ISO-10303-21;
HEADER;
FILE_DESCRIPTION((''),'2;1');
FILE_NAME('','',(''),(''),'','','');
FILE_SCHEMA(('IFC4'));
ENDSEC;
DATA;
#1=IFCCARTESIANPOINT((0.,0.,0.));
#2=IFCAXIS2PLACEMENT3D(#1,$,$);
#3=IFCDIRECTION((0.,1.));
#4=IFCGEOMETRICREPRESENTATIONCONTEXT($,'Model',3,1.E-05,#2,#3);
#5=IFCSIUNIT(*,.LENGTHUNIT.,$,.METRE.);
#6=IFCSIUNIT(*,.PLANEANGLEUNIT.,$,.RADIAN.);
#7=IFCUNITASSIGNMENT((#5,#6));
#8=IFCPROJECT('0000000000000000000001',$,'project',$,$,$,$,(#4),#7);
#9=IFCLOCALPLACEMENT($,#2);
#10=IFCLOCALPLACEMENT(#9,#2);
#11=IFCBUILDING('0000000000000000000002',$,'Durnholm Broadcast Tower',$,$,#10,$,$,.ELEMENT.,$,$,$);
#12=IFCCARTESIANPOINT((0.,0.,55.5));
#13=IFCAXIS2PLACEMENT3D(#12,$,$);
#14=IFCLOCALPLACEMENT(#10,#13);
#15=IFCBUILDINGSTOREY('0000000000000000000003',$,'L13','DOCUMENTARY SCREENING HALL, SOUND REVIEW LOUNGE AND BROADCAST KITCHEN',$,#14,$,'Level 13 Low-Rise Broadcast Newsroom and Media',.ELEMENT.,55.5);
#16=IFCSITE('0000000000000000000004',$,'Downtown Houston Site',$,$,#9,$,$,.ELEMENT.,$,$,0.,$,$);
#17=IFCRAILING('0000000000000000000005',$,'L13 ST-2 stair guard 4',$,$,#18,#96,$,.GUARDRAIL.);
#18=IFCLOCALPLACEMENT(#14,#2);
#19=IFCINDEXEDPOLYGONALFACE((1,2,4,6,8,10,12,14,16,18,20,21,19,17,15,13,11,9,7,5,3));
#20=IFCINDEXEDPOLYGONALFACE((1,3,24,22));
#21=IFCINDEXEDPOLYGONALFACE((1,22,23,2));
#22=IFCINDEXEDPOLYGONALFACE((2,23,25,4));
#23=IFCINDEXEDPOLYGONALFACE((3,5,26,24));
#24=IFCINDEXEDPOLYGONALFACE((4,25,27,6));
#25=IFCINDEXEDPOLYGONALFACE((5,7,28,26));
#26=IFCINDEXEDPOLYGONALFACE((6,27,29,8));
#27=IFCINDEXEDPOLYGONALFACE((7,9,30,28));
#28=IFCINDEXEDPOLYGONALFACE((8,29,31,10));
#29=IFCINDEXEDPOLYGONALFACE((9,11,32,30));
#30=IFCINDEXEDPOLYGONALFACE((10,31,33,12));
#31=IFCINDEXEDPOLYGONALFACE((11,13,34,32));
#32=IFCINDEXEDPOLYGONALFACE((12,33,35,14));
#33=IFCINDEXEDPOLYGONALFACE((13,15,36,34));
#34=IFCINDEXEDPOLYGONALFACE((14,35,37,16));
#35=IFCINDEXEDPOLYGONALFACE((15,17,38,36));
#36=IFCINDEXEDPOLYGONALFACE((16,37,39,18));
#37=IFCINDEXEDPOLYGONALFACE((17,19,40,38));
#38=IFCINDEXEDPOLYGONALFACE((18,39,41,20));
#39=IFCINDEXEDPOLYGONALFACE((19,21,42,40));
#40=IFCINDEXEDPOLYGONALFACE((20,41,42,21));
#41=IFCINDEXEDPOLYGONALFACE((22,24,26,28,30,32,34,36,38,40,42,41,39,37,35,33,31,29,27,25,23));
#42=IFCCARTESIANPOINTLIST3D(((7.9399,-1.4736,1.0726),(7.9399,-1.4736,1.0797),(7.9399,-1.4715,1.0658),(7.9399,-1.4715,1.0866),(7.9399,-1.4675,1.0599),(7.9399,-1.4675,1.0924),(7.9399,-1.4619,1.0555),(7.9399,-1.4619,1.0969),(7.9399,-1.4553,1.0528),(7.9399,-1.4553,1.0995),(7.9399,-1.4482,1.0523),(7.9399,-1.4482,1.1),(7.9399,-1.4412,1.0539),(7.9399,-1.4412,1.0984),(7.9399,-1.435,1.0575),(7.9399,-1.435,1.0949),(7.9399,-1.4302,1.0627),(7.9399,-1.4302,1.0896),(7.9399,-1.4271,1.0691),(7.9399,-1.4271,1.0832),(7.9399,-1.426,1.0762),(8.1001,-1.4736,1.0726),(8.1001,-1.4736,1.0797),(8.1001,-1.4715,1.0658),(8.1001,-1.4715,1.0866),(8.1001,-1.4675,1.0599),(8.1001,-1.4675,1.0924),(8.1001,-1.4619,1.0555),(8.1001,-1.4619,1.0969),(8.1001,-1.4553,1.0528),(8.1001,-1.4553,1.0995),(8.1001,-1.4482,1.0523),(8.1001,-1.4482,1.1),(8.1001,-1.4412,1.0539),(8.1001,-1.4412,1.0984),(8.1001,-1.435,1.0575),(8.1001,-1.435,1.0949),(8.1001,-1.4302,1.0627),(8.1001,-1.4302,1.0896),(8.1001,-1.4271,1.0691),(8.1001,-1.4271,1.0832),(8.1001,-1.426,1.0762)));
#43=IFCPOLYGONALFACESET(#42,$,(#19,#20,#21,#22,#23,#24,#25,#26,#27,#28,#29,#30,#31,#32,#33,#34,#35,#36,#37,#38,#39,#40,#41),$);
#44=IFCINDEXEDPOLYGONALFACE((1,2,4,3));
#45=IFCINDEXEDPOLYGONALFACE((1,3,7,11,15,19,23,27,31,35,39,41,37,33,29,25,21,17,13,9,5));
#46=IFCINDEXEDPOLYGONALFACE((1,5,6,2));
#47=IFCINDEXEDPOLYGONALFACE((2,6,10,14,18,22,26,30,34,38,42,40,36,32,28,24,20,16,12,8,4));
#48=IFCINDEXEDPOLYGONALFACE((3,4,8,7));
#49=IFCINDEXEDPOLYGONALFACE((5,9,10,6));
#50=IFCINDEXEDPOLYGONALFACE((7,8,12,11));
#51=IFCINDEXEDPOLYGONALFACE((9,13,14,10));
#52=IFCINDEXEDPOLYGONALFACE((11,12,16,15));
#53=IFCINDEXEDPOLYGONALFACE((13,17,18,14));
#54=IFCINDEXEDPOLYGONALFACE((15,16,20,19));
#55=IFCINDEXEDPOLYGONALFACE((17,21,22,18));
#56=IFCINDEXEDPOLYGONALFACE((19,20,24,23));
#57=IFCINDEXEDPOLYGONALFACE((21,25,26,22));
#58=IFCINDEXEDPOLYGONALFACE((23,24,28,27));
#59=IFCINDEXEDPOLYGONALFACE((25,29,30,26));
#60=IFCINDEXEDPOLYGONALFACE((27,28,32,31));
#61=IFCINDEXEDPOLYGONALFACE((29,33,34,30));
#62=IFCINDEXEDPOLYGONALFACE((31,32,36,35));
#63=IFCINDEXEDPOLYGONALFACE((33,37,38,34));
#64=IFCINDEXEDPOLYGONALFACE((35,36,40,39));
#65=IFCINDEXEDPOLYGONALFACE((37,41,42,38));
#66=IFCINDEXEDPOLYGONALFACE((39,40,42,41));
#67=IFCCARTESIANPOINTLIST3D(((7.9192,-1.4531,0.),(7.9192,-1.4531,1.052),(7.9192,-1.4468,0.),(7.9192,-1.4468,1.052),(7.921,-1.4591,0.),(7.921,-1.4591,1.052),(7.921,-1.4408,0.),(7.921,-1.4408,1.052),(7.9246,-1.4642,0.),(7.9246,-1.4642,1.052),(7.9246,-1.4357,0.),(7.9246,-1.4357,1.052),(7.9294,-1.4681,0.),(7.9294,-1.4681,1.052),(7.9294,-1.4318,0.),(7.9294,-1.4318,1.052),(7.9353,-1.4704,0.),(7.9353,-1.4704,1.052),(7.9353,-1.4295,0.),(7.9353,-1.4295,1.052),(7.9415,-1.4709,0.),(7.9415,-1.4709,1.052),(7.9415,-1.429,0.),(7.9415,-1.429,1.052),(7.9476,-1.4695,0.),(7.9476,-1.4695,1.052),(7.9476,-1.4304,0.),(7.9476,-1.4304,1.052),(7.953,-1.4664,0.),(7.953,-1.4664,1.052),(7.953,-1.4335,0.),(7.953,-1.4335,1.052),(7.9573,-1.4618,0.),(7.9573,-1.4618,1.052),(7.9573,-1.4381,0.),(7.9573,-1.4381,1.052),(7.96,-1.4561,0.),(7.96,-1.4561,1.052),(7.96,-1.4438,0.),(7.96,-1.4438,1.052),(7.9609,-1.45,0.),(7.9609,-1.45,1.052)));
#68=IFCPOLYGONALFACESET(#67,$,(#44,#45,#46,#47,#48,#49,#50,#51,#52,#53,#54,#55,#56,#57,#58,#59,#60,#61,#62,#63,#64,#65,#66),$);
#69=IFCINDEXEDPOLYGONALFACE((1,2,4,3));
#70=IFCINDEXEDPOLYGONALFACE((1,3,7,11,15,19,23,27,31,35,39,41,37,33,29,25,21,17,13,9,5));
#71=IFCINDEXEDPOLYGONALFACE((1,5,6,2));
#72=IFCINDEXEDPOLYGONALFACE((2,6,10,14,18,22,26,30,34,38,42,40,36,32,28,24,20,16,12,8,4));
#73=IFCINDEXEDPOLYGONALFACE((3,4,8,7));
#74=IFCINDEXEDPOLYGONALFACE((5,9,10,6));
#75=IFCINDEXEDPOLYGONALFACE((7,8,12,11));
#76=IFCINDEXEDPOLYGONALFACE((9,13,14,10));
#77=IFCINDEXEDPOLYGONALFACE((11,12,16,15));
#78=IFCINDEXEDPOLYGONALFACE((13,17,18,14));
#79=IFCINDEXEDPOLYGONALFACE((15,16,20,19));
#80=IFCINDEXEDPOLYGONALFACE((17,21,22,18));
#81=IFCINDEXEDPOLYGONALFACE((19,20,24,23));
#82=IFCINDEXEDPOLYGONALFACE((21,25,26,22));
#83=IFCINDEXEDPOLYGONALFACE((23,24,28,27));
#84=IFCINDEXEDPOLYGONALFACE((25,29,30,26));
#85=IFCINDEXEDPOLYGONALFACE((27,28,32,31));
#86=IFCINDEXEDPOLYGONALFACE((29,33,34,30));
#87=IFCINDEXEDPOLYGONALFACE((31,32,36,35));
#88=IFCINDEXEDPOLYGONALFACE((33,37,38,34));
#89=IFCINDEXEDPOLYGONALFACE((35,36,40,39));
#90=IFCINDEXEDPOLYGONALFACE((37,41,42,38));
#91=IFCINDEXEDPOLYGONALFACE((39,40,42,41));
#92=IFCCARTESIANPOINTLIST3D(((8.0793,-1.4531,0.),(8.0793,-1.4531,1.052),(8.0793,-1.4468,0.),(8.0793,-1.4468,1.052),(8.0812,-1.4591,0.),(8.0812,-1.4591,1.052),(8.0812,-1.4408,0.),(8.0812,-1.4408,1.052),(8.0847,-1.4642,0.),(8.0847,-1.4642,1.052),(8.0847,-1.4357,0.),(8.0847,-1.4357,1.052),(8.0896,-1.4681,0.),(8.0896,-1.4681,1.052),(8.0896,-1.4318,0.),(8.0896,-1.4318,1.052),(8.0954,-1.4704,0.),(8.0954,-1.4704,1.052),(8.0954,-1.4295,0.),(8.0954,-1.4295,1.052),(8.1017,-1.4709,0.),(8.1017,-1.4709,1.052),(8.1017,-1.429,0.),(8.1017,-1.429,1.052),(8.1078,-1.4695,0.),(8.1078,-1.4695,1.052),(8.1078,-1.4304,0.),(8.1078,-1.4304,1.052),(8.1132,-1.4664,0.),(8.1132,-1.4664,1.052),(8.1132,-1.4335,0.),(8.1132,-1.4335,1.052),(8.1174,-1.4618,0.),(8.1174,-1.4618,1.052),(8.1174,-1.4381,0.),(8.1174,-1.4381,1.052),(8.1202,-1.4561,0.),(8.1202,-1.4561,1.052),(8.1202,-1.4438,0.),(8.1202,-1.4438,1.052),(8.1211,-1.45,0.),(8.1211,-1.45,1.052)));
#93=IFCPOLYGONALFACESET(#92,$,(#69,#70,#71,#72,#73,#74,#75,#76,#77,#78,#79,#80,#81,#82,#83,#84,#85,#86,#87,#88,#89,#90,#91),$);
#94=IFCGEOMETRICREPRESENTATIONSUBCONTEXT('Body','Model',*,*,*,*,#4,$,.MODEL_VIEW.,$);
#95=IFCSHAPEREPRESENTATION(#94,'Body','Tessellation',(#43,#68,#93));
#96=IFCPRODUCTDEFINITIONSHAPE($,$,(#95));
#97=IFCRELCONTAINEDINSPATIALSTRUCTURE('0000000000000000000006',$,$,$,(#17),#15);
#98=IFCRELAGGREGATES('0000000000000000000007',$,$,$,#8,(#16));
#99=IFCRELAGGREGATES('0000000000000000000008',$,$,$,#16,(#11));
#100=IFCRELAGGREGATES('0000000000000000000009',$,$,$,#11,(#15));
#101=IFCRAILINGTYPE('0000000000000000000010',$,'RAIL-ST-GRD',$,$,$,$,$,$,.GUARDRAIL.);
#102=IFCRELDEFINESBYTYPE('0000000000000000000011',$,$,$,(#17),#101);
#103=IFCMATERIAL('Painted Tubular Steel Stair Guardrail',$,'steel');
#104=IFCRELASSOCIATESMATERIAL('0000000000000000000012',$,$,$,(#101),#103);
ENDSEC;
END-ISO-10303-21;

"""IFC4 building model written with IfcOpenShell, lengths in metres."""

from ifc_helpers import new_model, si_unit, direction, frame, origin, origin_2d, place, context, subcontext, project, spatial, circle, extrude, material, type_object, element, save


model = new_model("IFC4")

# Units and contexts
model_context = context("Model", 3, precision=1e-05, world=origin(), true_north=direction((0.0, 1.0)))
body_context = subcontext(model_context, "Body", "Model", "MODEL_VIEW")
ifc_project = project(units=[si_unit("LENGTHUNIT", "METRE"), si_unit("PLANEANGLEUNIT", "RADIAN")], contexts=[model_context])

# Site, building, storey
site_placement = place(None, origin())
site = spatial("IfcSite", under=ifc_project, at=site_placement, Name="Downtown Houston Site", CompositionType="ELEMENT", RefElevation=0.0)
building_placement = place(site_placement, origin())
building = spatial("IfcBuilding", under=site, at=building_placement, Name="Durnholm Broadcast Tower", CompositionType="ELEMENT")
storey_placement = place(building_placement, frame((0.0, 0.0, 55.5)))
storey = spatial("IfcBuildingStorey", under=building, at=storey_placement, Name="L13", Description="DOCUMENTARY SCREENING HALL, SOUND REVIEW LOUNGE AND BROADCAST KITCHEN", LongName="Level 13 Low-Rise Broadcast Newsroom and Media", CompositionType="ELEMENT", Elevation=55.5)

# Railing
ifc_material_1 = material(Name="Painted Tubular Steel Stair Guardrail", Category="steel")
railing_type_1 = type_object("IfcRailingType", Name="RAIL-ST-GRD", PredefinedType="GUARDRAIL", material=ifc_material_1)
railing_1_placement = place(storey_placement, frame((7.9399, -1.45, 0.0)))
element("IfcRailing", 1, at=railing_1_placement, inside=storey, type_object=railing_type_1, Name="L13 ST-2 stair guard 4", PredefinedType="GUARDRAIL", context=body_context, shape_type="SweptSolid", body=[
    extrude(circle(Radius=0.0239, at=origin_2d()), frame((0.0, 0.0, 1.0762), z_axis=(1.0, 0.0, 0.0), x_axis=(0.0, 1.0, 0.0)), (0.0, 0.0, 1.0), 0.1602),
    extrude(circle(Radius=0.021, at=origin_2d()), origin(), (0.0, 0.0, 1.0), 1.052),
    extrude(circle(Radius=0.021, at=origin_2d()), frame((0.1602, 0.0, 0.0)), (0.0, 0.0, 1.0), 1.052),
])

save(model, "model.ifc")
